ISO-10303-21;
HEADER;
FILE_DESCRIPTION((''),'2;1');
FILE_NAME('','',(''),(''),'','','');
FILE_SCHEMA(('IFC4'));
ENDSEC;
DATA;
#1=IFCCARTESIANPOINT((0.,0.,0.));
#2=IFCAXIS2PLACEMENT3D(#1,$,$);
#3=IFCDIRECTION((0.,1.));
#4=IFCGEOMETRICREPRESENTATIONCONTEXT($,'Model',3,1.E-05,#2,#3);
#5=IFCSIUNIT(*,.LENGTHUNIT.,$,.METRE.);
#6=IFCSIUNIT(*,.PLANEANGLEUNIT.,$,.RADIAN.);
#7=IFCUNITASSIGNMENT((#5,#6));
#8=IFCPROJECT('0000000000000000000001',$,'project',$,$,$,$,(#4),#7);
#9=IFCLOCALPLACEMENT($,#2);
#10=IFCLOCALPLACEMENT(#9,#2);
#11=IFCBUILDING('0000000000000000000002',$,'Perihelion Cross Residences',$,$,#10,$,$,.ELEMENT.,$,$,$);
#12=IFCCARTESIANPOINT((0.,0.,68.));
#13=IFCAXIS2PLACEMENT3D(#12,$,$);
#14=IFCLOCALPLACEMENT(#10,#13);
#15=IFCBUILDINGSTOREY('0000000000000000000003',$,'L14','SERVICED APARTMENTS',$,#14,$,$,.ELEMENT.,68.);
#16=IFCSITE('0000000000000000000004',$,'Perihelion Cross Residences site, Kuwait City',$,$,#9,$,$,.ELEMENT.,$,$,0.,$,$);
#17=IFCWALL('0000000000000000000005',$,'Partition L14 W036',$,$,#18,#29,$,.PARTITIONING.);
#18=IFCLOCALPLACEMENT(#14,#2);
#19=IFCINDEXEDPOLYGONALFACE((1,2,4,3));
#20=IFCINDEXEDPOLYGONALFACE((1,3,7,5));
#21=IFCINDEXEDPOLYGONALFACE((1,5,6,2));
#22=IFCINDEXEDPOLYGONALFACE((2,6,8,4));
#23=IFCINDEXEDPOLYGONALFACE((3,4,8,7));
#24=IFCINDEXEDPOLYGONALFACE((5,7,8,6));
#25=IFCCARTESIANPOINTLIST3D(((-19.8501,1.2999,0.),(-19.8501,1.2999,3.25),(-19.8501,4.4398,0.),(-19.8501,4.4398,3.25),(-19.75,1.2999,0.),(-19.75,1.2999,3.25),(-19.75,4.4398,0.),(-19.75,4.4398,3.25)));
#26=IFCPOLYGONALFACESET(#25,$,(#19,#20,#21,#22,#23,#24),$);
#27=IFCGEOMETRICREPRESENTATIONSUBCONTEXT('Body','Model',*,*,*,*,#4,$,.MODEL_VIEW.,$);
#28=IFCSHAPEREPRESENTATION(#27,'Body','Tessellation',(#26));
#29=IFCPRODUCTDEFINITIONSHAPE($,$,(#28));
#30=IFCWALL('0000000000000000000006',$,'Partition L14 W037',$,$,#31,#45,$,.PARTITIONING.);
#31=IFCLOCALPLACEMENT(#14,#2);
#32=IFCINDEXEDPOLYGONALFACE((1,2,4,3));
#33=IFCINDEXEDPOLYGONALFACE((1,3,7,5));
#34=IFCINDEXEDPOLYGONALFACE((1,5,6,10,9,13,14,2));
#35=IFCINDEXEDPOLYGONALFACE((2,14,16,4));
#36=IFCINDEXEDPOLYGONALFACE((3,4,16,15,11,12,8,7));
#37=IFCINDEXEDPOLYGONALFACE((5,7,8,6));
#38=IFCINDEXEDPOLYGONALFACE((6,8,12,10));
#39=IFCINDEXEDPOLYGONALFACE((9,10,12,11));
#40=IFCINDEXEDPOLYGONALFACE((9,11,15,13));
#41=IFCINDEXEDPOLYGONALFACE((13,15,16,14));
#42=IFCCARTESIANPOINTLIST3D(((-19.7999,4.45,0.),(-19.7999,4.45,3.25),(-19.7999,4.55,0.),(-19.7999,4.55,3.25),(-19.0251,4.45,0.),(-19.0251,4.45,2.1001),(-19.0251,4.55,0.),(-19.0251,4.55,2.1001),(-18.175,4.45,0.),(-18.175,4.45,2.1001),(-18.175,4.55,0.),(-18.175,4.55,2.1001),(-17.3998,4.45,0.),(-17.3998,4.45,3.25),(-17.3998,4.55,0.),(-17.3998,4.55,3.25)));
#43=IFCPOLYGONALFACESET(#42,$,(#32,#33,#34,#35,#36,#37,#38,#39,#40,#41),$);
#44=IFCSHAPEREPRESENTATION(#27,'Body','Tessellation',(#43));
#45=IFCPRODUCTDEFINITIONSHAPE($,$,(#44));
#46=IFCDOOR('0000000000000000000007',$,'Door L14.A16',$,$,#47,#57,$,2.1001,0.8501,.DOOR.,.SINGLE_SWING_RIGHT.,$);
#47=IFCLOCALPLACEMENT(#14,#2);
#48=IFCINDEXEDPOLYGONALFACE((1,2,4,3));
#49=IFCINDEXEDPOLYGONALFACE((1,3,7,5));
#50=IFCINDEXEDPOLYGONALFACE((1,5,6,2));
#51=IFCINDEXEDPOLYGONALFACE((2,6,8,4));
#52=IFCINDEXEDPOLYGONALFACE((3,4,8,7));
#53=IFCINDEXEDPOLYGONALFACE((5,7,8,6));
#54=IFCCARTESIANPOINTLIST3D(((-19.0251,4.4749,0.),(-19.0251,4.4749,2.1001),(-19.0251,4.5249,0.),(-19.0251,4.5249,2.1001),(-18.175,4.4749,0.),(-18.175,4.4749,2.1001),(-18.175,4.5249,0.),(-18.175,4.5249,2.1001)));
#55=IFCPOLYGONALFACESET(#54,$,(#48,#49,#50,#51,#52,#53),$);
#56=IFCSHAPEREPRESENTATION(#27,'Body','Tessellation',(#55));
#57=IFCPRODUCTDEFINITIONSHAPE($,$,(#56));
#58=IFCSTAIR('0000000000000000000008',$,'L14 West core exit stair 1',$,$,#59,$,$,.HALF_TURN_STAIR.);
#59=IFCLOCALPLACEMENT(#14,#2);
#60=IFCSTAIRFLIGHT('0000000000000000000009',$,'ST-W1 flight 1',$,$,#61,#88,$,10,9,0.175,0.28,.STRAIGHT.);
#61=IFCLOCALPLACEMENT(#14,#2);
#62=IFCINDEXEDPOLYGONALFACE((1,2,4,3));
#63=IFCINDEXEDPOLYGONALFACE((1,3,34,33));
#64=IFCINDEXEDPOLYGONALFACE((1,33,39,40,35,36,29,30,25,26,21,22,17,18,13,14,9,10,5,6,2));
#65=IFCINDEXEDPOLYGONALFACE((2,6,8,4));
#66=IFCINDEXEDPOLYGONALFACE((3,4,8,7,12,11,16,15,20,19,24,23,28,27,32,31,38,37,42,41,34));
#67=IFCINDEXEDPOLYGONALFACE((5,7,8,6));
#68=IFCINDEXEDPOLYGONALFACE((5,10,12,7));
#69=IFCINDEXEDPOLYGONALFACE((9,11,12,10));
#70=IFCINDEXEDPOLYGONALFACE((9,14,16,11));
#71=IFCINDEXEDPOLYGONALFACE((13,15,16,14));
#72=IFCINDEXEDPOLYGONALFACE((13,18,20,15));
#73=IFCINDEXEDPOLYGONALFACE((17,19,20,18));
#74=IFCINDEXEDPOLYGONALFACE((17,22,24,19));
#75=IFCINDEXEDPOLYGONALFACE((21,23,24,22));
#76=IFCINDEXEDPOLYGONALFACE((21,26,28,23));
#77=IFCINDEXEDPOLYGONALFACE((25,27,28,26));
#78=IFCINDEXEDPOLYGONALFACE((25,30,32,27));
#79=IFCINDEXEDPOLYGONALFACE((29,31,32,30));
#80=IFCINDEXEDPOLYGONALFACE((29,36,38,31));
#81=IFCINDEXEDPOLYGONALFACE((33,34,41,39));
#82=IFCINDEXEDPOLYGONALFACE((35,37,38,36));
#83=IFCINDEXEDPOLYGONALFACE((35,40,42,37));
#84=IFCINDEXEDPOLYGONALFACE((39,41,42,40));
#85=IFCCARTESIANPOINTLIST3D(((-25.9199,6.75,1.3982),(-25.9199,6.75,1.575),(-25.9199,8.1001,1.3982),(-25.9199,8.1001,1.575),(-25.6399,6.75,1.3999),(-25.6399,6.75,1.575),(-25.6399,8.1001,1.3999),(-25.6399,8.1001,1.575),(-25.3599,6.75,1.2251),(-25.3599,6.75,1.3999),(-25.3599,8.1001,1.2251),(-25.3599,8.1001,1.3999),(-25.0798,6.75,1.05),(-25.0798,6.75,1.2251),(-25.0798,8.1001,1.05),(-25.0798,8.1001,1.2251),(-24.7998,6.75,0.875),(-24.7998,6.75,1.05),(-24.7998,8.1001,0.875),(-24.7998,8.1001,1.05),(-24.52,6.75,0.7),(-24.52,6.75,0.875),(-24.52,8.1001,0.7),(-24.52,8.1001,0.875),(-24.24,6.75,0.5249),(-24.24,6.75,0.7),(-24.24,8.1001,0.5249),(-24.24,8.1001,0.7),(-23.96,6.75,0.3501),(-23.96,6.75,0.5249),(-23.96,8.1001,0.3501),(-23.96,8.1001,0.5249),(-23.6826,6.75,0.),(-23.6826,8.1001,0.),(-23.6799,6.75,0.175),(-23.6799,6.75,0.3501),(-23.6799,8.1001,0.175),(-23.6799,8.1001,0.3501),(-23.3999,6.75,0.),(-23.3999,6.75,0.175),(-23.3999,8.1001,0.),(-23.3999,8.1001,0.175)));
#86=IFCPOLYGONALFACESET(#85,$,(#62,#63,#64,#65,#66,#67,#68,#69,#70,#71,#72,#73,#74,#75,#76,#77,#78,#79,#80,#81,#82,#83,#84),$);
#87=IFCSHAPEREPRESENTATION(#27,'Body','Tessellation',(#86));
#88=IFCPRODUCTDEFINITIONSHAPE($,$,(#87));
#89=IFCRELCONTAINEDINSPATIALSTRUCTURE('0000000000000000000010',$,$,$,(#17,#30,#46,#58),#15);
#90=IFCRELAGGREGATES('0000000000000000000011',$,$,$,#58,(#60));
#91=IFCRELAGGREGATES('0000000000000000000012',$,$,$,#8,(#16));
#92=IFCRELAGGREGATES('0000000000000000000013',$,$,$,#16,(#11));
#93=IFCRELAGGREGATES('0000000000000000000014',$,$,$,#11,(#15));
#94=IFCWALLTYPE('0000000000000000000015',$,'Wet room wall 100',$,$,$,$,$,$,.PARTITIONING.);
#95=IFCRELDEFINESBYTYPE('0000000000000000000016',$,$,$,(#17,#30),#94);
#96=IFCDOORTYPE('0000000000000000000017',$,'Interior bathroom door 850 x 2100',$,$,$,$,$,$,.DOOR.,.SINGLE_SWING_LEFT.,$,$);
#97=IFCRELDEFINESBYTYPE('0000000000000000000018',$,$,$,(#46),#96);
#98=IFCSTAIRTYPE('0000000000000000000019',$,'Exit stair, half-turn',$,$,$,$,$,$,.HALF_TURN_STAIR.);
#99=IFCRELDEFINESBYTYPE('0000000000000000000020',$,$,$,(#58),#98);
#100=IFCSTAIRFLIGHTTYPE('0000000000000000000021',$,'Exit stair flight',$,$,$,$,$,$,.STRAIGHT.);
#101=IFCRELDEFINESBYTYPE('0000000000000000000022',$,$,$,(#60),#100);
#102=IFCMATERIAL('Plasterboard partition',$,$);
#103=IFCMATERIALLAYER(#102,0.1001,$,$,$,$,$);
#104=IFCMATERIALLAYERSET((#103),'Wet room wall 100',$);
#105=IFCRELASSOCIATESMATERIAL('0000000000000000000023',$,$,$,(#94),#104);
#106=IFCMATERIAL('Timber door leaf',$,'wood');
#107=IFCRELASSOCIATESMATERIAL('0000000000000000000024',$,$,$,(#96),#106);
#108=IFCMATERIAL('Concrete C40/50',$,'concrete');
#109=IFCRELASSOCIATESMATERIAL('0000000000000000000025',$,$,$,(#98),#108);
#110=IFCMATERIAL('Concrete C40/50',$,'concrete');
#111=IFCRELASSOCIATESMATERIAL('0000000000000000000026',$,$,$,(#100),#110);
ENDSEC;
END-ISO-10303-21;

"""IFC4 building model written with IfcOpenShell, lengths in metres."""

from ifc_helpers import new_model, si_unit, direction, frame, frame_2d, origin, place, context, subcontext, project, spatial, polyline, rectangle, outline, extrude, material, layer, layer_set, type_object, element, fill, aggregate, save


model = new_model("IFC4")

# Units and contexts
model_context = context("Model", 3, precision=1e-05, world=origin(), true_north=direction((0.0, 1.0)))
body_context = subcontext(model_context, "Body", "Model", "MODEL_VIEW")
ifc_project = project(units=[si_unit("LENGTHUNIT", "METRE"), si_unit("PLANEANGLEUNIT", "RADIAN")], contexts=[model_context])

# Site, building, storey
site_placement = place(None, origin())
site = spatial("IfcSite", under=ifc_project, at=site_placement, Name="Perihelion Cross Residences site, Kuwait City", CompositionType="ELEMENT", RefElevation=0.0)
building_placement = place(site_placement, origin())
building = spatial("IfcBuilding", under=site, at=building_placement, Name="Perihelion Cross Residences", CompositionType="ELEMENT")
storey_placement = place(building_placement, frame((0.0, 0.0, 68.0)))
storey = spatial("IfcBuildingStorey", under=building, at=storey_placement, Name="L14", Description="SERVICED APARTMENTS", CompositionType="ELEMENT", Elevation=68.0)

# Wall
ifc_material_1 = material(Name="Plasterboard partition")
ifc_layer_1 = layer(ifc_material_1, 0.1001)
ifc_layer_set_1 = layer_set([ifc_layer_1], Name="Wet room wall 100")
wall_type_1 = type_object("IfcWallType", Name="Wet room wall 100", PredefinedType="PARTITIONING", material=ifc_layer_set_1)
wall_1_placement = place(storey_placement, frame((-19.8, 1.3, 0.0), z_axis=(0.0, 0.0, 1.0), x_axis=(0.0, 1.0, 0.0)))
element("IfcWall", 1, at=wall_1_placement, inside=storey, type_object=wall_type_1, Name="Partition L14 W036", PredefinedType="PARTITIONING", context=body_context, shape_type="SweptSolid", body=[
    extrude(rectangle(XDim=3.1399, YDim=0.1001, at=frame_2d((1.5698, 0.0))), origin(), (0.0, 0.0, 1.0), 3.25),
])

# Wall, opening, door
wall_2_placement = place(storey_placement, frame((-19.8, 4.5, 0.0), z_axis=(0.0, 0.0, 1.0), x_axis=(1.0, 0.0, 0.0)))
wall_2 = element("IfcWall", 2, at=wall_2_placement, inside=storey, type_object=wall_type_1, Name="Partition L14 W037", PredefinedType="PARTITIONING", context=body_context, shape_type="SweptSolid", body=[
    extrude(rectangle(XDim=2.4001, YDim=0.1001, at=frame_2d((1.2002, 0.0))), origin(), (0.0, 0.0, 1.0), 3.25),
])
opening_1_placement = place(wall_2_placement, frame((0.7749, 0.0, 0.0)))
opening_1 = element("IfcOpeningElement", 3, at=opening_1_placement, cuts=wall_2, PredefinedType="OPENING", context=body_context, shape_type="SweptSolid", body=[
    extrude(rectangle(XDim=0.8501, YDim=2.1001, at=frame_2d((0.425, 1.05))), frame((0.0, 0.0601, 0.0), z_axis=(0.0, -1.0, 0.0), x_axis=(1.0, 0.0, 0.0)), (0.0, 0.0, 1.0), 0.1201),
])
ifc_material_2 = material(Name="Timber door leaf", Category="wood")
door_type_1 = type_object("IfcDoorType", Name="Interior bathroom door 850 x 2100", OperationType="SINGLE_SWING_LEFT", PredefinedType="DOOR", material=ifc_material_2)
door_1_placement = place(opening_1_placement, origin())
door_1 = element("IfcDoor", 4, at=door_1_placement, inside=storey, type_object=door_type_1, Name="Door L14.A16", OperationType="SINGLE_SWING_RIGHT", OverallHeight=2.1001, OverallWidth=0.8501, PredefinedType="DOOR", context=body_context, shape_type="SweptSolid", body=[
    extrude(rectangle(XDim=0.8501, YDim=2.1001, at=frame_2d((0.425, 1.05))), frame((0.0, 0.0249, 0.0), z_axis=(0.0, -1.0, 0.0), x_axis=(1.0, 0.0, 0.0)), (0.0, 0.0, 1.0), 0.05),
])
fill(opening_1, door_1)

# Stair, stair flight
ifc_material_3 = material(Name="Concrete C40/50", Category="concrete")
stair_type = type_object("IfcStairType", Name="Exit stair, half-turn", PredefinedType="HALF_TURN_STAIR", material=ifc_material_3)
stair_placement = place(storey_placement, origin())
stair = element("IfcStair", 5, at=stair_placement, inside=storey, type_object=stair_type, Name="L14 West core exit stair 1", PredefinedType="HALF_TURN_STAIR")
ifc_material_4 = material(Name="Concrete C40/50", Category="concrete")
stair_flight_type = type_object("IfcStairFlightType", Name="Exit stair flight", PredefinedType="STRAIGHT", material=ifc_material_4)
stair_flight_placement = place(storey_placement, frame((-23.3999, 7.425, 0.0), z_axis=(0.0, 0.0, 1.0), x_axis=(-1.0, 0.0, 0.0)))
stair_flight = element("IfcStairFlight", 6, at=stair_flight_placement, type_object=stair_flight_type, Name="ST-W1 flight 1", NumberOfRisers=10, NumberOfTreads=9, PredefinedType="STRAIGHT", RiserHeight=0.175, TreadLength=0.28, context=body_context, shape_type="SweptSolid", body=[
    extrude(outline(polyline([(0.0, 0.0), (0.0, 0.175), (0.28, 0.175), (0.28, 0.3501), (0.5601, 0.3501), (0.5601, 0.5249), (0.8401, 0.5249), (0.8401, 0.7), (1.1201, 0.7), (1.1201, 0.875), (1.3999, 0.875), (1.3999, 1.05), (1.6799, 1.05), (1.6799, 1.2251), (1.96, 1.2251), (1.96, 1.3999), (2.24, 1.3999), (2.24, 1.575), (2.52, 1.575), (2.52, 1.75), (2.52, 1.3982), (0.2827, 0.0), (0.0, 0.0)])), frame((0.0, 0.675, 0.0), z_axis=(0.0, -1.0, 0.0), x_axis=(1.0, 0.0, 0.0)), (0.0, 0.0, 1.0), 1.3501),
])
aggregate(stair, [stair_flight])

save(model, "model.ifc")
